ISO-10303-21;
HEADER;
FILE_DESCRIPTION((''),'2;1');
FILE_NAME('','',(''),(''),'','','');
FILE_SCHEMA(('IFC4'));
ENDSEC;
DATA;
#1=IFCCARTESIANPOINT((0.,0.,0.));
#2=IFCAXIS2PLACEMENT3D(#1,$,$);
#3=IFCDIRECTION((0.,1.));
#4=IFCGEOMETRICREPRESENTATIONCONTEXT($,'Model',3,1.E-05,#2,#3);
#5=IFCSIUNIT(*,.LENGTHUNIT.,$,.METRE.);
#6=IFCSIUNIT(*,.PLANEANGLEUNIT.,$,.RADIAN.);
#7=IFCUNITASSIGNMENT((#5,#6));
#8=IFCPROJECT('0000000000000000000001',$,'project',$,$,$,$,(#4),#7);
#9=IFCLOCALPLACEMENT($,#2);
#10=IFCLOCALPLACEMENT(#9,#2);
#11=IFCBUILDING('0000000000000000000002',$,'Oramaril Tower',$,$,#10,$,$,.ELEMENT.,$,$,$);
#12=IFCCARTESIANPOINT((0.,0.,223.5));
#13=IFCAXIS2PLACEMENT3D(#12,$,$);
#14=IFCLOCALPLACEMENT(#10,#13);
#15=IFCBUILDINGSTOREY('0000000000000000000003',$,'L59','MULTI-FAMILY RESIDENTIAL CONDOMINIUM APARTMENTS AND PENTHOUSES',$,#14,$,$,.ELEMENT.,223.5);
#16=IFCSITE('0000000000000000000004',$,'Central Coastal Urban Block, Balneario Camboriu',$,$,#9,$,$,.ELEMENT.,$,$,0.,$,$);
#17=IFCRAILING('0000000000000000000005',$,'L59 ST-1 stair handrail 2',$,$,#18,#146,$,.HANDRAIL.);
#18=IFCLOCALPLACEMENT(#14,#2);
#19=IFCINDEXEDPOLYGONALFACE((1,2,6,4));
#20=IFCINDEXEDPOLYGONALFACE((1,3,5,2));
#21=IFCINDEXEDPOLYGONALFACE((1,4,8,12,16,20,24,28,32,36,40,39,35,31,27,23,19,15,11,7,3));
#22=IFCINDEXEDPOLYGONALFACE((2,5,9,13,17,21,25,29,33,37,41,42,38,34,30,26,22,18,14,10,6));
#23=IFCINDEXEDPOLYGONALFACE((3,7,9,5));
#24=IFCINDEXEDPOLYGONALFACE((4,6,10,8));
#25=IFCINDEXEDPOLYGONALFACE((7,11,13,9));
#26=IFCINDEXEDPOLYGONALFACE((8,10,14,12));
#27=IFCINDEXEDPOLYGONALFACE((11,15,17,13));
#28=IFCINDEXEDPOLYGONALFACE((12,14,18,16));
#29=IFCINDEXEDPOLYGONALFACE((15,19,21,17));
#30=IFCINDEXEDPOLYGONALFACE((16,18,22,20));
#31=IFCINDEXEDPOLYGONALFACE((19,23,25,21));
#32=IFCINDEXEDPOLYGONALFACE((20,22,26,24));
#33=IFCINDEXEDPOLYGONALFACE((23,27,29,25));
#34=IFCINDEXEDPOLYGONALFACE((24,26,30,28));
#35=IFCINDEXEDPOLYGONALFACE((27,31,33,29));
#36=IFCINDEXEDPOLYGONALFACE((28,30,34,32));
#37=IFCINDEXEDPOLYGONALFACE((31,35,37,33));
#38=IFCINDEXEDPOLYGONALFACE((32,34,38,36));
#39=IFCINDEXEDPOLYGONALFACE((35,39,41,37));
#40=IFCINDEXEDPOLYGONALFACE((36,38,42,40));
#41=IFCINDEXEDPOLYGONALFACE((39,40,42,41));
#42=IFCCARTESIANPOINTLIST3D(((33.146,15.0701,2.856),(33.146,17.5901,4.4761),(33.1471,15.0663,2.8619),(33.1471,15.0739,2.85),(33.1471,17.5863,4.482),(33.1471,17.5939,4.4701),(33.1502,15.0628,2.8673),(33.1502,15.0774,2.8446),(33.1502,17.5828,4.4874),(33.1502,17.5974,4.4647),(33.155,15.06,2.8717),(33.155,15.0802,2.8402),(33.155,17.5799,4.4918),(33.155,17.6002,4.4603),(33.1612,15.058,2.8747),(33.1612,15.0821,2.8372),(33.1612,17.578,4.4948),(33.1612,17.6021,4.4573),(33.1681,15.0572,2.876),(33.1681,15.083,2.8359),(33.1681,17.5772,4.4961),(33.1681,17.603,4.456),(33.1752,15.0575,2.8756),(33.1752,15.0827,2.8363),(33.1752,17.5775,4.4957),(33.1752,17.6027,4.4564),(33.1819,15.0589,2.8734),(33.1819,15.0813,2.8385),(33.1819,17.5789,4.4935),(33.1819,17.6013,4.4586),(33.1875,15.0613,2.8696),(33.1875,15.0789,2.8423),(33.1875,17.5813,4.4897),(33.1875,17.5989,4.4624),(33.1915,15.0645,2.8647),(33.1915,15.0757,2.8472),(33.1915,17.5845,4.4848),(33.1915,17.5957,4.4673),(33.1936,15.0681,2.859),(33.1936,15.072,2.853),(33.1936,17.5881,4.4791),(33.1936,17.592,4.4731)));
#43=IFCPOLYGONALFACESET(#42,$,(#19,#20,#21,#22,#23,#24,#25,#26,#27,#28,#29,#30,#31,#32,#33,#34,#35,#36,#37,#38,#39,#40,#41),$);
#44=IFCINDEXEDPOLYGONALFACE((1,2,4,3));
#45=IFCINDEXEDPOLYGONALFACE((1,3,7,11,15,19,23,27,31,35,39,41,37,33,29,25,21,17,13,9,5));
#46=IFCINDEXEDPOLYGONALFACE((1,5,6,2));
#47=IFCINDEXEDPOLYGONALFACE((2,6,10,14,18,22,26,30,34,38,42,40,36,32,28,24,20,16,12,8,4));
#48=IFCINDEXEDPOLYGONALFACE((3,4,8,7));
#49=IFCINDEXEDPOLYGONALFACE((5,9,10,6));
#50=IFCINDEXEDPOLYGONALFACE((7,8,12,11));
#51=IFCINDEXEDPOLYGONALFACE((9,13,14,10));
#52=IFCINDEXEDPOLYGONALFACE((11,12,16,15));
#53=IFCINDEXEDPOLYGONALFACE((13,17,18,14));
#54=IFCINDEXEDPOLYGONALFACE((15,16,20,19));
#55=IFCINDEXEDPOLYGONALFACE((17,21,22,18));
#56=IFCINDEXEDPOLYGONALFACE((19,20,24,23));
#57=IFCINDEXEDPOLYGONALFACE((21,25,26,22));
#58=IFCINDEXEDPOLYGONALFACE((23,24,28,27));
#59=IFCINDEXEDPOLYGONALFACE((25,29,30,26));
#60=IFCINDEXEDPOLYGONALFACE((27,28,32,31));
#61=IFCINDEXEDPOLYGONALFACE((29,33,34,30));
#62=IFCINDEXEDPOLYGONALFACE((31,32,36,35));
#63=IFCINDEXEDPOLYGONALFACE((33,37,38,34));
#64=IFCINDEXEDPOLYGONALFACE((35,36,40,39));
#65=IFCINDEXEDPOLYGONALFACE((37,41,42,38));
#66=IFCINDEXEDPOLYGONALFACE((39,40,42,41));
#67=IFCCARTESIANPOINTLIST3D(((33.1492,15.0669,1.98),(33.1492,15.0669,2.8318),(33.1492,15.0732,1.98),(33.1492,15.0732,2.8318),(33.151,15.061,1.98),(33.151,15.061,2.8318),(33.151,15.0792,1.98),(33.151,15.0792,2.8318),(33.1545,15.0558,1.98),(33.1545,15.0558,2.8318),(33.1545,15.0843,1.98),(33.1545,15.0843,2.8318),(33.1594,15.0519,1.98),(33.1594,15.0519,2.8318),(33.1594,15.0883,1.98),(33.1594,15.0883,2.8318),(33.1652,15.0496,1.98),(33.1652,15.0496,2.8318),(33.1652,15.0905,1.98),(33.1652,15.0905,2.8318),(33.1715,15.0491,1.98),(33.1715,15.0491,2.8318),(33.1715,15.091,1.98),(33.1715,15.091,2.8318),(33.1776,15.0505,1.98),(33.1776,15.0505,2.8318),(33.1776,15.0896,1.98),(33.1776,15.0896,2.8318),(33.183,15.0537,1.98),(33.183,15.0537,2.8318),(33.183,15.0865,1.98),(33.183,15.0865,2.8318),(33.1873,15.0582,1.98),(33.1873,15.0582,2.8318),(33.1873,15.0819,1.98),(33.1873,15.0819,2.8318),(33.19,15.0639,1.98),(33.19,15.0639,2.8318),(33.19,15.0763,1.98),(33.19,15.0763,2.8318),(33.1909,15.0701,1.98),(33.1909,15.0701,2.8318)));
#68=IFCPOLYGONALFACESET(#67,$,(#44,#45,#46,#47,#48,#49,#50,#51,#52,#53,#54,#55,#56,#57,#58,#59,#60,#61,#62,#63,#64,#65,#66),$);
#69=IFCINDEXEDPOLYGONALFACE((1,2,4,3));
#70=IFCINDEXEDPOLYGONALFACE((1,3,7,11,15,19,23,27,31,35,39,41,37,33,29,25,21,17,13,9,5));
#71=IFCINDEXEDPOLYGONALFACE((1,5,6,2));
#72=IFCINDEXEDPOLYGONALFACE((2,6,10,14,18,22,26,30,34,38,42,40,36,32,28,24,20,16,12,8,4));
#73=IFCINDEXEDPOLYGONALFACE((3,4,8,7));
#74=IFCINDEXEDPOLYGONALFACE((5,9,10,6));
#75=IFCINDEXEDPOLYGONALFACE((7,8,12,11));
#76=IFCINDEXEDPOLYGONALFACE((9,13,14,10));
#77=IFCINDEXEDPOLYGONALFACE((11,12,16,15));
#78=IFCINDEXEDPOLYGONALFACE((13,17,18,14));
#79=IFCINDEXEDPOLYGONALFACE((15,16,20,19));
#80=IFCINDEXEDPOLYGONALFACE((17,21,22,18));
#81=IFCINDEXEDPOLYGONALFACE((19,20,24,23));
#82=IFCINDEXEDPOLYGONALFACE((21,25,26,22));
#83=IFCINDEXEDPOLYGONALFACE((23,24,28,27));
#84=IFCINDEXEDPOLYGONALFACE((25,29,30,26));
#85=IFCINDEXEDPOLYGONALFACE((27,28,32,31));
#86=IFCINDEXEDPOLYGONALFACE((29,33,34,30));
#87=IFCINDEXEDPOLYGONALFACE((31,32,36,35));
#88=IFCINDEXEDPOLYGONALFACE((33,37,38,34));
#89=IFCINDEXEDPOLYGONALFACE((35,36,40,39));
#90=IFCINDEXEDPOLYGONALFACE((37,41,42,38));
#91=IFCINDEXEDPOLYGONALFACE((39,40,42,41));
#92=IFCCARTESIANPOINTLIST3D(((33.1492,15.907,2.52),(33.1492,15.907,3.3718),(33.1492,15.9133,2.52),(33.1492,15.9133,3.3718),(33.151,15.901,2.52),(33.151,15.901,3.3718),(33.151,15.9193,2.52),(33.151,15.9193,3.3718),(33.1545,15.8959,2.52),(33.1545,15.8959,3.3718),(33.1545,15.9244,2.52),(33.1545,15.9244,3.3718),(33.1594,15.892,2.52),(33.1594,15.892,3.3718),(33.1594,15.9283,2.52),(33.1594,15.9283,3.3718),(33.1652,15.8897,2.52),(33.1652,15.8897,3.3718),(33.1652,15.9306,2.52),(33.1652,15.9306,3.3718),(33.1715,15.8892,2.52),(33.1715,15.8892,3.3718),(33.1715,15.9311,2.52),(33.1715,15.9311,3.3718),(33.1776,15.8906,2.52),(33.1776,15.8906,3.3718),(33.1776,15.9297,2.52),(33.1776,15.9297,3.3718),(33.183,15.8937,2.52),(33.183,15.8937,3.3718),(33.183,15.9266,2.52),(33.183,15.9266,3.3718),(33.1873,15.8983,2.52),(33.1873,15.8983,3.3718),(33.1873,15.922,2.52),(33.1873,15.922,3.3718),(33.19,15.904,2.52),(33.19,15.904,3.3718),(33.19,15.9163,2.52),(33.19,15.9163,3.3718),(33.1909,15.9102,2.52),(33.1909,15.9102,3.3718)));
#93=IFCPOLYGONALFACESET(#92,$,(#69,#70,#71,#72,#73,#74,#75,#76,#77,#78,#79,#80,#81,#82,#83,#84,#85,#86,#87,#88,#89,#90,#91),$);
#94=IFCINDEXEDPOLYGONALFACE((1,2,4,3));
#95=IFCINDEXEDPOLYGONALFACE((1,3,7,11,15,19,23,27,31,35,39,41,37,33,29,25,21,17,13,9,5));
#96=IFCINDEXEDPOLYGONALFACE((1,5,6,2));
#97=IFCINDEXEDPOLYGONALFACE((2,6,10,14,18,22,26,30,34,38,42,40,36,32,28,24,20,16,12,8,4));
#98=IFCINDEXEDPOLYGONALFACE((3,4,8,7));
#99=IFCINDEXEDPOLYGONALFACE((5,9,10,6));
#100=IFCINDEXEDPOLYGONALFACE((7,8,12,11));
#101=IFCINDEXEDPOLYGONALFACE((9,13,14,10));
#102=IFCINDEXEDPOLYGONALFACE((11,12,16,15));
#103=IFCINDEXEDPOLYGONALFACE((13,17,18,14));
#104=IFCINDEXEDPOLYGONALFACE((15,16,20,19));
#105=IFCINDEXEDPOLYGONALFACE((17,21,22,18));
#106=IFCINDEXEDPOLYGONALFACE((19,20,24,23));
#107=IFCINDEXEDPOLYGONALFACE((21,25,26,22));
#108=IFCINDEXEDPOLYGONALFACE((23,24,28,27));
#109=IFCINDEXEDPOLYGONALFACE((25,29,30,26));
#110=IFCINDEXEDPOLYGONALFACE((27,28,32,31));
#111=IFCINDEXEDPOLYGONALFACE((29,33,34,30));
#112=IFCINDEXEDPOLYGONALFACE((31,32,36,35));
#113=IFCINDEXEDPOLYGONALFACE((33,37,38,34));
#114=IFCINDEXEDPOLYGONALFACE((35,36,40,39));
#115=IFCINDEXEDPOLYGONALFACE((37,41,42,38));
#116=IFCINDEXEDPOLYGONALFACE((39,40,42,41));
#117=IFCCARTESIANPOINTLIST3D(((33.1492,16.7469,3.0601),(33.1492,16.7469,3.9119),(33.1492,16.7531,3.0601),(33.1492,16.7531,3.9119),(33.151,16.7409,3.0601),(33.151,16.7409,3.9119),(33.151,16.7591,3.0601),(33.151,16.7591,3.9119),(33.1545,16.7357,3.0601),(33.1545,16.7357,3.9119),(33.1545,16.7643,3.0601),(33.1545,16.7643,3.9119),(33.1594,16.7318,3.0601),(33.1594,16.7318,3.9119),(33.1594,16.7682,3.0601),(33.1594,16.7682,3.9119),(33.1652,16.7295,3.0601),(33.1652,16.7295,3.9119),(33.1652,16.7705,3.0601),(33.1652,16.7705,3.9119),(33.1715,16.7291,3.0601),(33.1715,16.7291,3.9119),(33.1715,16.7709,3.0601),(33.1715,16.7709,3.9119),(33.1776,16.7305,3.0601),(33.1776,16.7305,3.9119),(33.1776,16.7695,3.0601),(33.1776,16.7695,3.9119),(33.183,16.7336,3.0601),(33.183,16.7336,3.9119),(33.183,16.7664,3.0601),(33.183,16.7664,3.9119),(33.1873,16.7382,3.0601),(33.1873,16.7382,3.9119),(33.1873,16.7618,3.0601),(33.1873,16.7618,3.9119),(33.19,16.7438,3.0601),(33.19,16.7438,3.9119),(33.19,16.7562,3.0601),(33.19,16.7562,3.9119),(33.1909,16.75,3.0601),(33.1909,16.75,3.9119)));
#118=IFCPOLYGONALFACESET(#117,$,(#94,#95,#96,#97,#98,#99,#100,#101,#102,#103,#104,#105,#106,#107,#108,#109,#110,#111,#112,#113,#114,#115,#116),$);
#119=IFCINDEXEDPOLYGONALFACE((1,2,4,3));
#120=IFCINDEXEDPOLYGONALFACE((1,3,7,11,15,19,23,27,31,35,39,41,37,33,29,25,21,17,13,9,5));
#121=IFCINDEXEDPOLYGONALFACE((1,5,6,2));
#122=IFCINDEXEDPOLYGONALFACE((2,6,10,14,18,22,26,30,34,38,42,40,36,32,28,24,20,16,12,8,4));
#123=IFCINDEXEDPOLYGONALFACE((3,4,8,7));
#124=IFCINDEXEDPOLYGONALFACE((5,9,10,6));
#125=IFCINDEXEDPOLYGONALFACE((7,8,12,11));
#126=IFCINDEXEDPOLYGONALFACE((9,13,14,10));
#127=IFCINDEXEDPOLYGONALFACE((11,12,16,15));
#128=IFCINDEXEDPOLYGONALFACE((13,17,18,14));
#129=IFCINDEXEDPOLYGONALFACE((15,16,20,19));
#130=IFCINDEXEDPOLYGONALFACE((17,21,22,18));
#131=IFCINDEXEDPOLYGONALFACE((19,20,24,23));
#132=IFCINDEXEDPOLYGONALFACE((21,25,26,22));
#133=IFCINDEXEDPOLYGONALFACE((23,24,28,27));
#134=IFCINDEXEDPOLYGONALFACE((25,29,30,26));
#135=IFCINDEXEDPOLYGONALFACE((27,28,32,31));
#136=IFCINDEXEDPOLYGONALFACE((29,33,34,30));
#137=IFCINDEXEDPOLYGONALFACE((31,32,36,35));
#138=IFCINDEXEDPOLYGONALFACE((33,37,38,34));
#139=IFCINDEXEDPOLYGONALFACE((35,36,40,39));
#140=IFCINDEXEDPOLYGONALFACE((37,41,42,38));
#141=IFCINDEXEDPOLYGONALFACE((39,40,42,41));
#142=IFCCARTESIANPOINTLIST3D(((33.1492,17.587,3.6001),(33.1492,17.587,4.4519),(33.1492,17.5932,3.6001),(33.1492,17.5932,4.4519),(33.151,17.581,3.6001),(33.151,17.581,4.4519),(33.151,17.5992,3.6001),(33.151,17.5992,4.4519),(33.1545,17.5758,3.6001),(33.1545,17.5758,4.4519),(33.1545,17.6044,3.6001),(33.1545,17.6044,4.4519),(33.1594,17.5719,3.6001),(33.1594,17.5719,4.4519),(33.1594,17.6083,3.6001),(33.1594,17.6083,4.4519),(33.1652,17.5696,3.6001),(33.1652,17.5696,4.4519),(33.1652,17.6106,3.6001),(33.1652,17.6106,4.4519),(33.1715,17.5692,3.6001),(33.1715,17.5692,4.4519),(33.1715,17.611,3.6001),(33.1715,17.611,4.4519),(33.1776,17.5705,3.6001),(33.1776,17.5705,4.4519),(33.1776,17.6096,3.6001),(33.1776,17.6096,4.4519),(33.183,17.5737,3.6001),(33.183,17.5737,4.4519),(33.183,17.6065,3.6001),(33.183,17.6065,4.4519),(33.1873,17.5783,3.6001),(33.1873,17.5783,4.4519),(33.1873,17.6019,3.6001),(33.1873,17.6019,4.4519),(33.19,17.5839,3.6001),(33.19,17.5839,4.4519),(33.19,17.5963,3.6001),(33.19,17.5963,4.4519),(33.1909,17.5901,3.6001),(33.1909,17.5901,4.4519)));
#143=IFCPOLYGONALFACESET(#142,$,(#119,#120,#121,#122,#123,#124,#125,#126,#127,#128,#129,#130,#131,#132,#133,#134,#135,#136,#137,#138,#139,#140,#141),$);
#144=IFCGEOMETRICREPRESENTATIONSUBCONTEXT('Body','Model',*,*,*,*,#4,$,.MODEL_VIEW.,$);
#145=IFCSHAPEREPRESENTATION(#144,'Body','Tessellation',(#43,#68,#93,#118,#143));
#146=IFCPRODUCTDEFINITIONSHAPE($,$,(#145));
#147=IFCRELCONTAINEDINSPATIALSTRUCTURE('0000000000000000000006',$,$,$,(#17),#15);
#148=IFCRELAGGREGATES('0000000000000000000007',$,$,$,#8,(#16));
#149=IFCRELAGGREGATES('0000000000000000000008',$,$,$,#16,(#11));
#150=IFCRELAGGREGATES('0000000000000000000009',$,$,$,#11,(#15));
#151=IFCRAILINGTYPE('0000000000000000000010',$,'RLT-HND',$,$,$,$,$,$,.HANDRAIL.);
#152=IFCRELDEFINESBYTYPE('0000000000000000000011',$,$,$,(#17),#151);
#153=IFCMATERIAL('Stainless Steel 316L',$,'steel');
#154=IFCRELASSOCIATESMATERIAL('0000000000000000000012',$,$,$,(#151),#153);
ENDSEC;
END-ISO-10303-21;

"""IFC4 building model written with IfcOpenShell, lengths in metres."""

from ifc_helpers import new_model, si_unit, direction, frame, origin, origin_2d, place, context, subcontext, project, spatial, circle, extrude, material, type_object, element, save


model = new_model("IFC4")

# Units and contexts
model_context = context("Model", 3, precision=1e-05, world=origin(), true_north=direction((0.0, 1.0)))
body_context = subcontext(model_context, "Body", "Model", "MODEL_VIEW")
ifc_project = project(units=[si_unit("LENGTHUNIT", "METRE"), si_unit("PLANEANGLEUNIT", "RADIAN")], contexts=[model_context])

# Site, building, storey
site_placement = place(None, origin())
site = spatial("IfcSite", under=ifc_project, at=site_placement, Name="Central Coastal Urban Block, Balneario Camboriu", CompositionType="ELEMENT", RefElevation=0.0)
building_placement = place(site_placement, origin())
building = spatial("IfcBuilding", under=site, at=building_placement, Name="Oramaril Tower", CompositionType="ELEMENT")
storey_placement = place(building_placement, frame((0.0, 0.0, 223.5)))
storey = spatial("IfcBuildingStorey", under=building, at=storey_placement, Name="L59", Description="MULTI-FAMILY RESIDENTIAL CONDOMINIUM APARTMENTS AND PENTHOUSES", CompositionType="ELEMENT", Elevation=223.5)

# Railing
ifc_material_1 = material(Name="Stainless Steel 316L", Category="steel")
railing_type_1 = type_object("IfcRailingType", Name="RLT-HND", PredefinedType="HANDRAIL", material=ifc_material_1)
for number, where, name in (
    (1, (33.1699, 15.0701, 1.98), "L59 ST-1 stair handrail 2"),
):
    element("IfcRailing", number, at=place(storey_placement, frame(where)), inside=storey, type_object=railing_type_1, Name=name, PredefinedType="HANDRAIL", context=body_context, shape_type="SweptSolid", body=[
        extrude(circle(Radius=0.0239, at=origin_2d()), frame((0.0, 0.0, 0.876), z_axis=(0.0, 0.841163, 0.540782), x_axis=(-1.0, 0.0, 0.0)), (0.0, 0.0, 1.0), 2.9958),
        extrude(circle(Radius=0.021, at=origin_2d()), origin(), (0.0, 0.0, 1.0), 0.8518),
        extrude(circle(Radius=0.021, at=origin_2d()), frame((0.0, 0.8401, 0.54)), (0.0, 0.0, 1.0), 0.8518),
        extrude(circle(Radius=0.021, at=origin_2d()), frame((0.0, 1.6799, 1.0801)), (0.0, 0.0, 1.0), 0.8518),
        extrude(circle(Radius=0.021, at=origin_2d()), frame((0.0, 2.52, 1.6201)), (0.0, 0.0, 1.0), 0.8518),
    ])

save(model, "model.ifc")
